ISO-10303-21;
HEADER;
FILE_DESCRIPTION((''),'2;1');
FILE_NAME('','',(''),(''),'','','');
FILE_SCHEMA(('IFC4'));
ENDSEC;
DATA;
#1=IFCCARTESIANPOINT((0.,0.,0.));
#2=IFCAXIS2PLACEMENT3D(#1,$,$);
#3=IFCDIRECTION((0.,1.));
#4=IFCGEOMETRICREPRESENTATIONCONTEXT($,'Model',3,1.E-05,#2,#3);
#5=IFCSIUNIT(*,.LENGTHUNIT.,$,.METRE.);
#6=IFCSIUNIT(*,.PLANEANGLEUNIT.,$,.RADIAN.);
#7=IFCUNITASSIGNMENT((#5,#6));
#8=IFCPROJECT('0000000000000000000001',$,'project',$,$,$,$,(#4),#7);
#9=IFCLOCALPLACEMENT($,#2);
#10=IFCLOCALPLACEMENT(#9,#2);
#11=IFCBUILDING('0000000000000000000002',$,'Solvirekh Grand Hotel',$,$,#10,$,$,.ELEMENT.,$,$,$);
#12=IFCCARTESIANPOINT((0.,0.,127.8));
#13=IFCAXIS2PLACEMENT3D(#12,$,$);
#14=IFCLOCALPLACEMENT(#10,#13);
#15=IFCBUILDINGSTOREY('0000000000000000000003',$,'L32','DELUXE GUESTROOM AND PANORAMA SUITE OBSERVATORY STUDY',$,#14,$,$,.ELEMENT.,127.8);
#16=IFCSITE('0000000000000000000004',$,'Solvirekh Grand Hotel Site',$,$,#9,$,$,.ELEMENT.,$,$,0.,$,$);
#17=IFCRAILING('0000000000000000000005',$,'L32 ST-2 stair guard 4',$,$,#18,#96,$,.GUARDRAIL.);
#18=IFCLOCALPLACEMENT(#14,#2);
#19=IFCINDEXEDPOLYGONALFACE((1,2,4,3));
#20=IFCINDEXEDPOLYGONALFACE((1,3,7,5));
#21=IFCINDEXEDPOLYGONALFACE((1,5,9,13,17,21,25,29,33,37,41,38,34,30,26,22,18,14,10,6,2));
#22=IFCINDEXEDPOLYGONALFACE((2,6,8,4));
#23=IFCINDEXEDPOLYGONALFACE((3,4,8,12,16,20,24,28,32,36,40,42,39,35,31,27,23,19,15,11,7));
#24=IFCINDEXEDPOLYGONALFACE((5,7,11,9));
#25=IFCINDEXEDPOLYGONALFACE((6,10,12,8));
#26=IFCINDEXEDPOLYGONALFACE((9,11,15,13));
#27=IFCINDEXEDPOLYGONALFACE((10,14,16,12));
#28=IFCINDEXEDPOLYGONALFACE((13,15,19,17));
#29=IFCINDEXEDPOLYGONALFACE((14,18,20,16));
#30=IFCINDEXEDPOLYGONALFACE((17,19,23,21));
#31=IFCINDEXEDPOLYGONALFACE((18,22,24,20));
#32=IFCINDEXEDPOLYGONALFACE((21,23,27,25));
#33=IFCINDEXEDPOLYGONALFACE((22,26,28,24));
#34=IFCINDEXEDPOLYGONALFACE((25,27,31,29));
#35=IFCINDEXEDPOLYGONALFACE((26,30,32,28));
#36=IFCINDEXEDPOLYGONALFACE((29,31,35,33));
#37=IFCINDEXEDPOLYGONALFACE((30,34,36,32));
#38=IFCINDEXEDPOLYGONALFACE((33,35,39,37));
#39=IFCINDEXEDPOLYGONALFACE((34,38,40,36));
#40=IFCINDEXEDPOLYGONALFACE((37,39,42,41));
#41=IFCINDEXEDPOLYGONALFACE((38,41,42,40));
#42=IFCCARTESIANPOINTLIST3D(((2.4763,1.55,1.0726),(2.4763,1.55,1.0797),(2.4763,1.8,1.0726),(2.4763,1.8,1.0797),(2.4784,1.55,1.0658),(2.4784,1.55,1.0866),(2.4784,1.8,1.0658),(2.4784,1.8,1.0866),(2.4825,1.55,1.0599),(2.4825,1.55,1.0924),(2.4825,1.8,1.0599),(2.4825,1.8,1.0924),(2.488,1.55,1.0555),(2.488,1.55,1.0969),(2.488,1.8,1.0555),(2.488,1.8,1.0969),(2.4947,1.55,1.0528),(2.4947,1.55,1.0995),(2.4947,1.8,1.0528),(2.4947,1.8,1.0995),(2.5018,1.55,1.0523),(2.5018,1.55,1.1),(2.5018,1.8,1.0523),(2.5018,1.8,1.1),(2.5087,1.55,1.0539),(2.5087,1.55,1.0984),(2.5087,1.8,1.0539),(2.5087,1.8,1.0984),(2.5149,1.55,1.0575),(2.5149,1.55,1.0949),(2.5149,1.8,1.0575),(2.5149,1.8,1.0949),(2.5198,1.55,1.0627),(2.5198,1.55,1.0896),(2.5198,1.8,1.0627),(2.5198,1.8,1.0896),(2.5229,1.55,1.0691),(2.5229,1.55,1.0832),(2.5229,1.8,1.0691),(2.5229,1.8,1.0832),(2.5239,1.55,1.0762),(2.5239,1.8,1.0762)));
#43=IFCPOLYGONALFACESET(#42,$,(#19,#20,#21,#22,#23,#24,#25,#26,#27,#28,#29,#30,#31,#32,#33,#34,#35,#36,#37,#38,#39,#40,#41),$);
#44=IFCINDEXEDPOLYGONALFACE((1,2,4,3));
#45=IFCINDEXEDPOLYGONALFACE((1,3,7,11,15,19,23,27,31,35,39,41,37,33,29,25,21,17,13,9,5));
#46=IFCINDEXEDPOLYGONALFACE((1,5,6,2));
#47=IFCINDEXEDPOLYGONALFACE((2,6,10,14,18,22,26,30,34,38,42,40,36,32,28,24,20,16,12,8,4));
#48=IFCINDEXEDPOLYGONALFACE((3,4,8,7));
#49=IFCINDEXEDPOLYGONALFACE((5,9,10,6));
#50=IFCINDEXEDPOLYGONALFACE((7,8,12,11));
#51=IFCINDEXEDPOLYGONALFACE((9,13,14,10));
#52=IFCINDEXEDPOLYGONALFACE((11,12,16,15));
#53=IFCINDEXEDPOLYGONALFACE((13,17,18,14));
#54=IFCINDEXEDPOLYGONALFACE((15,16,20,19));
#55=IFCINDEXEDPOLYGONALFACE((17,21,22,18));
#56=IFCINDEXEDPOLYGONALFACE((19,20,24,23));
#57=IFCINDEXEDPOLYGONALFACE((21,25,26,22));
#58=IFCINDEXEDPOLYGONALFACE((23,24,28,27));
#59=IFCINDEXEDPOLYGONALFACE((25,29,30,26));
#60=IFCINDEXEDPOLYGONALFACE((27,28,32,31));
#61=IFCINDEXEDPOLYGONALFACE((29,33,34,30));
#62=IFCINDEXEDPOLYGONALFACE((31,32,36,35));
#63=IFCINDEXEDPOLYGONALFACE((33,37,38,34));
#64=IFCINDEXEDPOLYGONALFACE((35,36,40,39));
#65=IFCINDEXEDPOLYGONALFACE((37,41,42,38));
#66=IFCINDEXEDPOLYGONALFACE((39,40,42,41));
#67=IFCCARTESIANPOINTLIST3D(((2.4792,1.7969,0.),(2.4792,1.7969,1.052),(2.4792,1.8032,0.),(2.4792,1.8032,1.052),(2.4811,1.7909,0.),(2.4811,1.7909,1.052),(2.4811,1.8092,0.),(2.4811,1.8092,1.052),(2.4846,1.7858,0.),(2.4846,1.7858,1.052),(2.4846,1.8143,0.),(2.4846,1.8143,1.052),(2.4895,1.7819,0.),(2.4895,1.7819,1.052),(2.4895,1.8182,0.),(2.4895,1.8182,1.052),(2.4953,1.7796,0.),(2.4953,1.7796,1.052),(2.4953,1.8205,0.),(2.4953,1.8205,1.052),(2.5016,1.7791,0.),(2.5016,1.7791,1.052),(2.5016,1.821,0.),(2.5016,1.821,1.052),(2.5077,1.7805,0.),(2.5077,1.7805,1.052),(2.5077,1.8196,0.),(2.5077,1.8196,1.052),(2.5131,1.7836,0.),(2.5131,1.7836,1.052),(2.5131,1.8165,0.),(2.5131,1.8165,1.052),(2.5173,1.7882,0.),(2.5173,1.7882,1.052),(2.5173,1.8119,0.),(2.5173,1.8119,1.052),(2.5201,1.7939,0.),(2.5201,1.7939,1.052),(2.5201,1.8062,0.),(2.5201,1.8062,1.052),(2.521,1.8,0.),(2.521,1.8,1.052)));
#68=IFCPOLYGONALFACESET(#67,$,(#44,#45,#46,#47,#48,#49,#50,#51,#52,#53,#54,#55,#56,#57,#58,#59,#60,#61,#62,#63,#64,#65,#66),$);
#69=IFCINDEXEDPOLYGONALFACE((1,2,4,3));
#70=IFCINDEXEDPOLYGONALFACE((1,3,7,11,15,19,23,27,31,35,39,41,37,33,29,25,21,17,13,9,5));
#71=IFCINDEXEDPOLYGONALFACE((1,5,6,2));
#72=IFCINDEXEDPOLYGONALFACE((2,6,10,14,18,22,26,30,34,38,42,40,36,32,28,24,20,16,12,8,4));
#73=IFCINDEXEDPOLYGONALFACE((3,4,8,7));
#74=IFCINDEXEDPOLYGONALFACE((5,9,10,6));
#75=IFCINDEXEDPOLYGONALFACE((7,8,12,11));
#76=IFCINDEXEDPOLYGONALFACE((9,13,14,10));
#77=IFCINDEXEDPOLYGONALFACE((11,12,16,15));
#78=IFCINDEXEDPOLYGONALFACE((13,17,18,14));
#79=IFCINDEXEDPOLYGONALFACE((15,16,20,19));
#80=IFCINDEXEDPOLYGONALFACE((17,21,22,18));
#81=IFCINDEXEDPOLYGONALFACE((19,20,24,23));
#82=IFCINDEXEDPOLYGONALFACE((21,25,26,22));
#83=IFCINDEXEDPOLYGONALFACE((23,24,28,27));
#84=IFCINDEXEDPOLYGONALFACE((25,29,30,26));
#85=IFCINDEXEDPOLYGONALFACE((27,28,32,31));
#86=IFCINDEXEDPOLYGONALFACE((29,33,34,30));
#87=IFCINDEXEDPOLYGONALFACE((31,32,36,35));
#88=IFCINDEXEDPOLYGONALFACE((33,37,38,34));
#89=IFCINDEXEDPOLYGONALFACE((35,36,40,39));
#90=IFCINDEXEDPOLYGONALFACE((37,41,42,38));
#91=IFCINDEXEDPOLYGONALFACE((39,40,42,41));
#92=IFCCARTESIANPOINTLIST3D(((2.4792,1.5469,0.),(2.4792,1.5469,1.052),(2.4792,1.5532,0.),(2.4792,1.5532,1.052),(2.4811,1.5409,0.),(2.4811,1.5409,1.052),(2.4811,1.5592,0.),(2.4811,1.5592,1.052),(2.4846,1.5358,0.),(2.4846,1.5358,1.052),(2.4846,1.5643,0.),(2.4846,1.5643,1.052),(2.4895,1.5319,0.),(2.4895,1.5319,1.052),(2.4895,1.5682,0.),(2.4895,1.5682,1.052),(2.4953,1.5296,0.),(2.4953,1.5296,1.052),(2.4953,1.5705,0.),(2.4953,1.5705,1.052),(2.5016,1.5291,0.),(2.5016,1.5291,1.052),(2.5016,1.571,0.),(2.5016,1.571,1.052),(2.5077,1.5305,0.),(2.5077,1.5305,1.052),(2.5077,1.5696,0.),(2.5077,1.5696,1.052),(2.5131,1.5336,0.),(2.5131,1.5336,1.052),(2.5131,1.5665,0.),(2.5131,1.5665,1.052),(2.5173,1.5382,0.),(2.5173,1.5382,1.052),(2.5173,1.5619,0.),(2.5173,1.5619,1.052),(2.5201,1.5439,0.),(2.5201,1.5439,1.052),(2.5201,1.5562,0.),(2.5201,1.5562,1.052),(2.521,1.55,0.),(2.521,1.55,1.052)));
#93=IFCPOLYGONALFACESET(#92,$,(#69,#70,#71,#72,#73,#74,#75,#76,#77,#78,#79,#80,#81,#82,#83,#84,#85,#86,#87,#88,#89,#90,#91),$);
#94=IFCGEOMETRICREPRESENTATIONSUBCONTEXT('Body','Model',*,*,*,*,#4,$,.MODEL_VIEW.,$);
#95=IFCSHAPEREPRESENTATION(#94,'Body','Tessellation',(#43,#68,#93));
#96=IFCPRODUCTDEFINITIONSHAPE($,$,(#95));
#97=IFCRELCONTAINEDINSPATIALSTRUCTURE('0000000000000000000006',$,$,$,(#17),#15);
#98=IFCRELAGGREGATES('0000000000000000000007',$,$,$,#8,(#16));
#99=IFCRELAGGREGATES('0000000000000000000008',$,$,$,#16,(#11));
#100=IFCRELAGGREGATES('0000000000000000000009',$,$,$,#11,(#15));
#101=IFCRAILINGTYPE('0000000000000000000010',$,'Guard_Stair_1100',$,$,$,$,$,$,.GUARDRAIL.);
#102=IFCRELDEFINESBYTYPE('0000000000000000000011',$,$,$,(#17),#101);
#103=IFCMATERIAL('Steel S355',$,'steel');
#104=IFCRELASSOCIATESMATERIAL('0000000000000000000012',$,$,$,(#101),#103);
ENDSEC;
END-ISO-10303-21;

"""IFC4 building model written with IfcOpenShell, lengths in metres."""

from ifc_helpers import new_model, si_unit, direction, frame, origin, origin_2d, place, context, subcontext, project, spatial, circle, extrude, material, type_object, element, save


model = new_model("IFC4")

# Units and contexts
model_context = context("Model", 3, precision=1e-05, world=origin(), true_north=direction((0.0, 1.0)))
body_context = subcontext(model_context, "Body", "Model", "MODEL_VIEW")
ifc_project = project(units=[si_unit("LENGTHUNIT", "METRE"), si_unit("PLANEANGLEUNIT", "RADIAN")], contexts=[model_context])

# Site, building, storey
site_placement = place(None, origin())
site = spatial("IfcSite", under=ifc_project, at=site_placement, Name="Solvirekh Grand Hotel Site", CompositionType="ELEMENT", RefElevation=0.0)
building_placement = place(site_placement, origin())
building = spatial("IfcBuilding", under=site, at=building_placement, Name="Solvirekh Grand Hotel", CompositionType="ELEMENT")
storey_placement = place(building_placement, frame((0.0, 0.0, 127.8)))
storey = spatial("IfcBuildingStorey", under=building, at=storey_placement, Name="L32", Description="DELUXE GUESTROOM AND PANORAMA SUITE OBSERVATORY STUDY", CompositionType="ELEMENT", Elevation=127.8)

# Shared definitions
ifc_material_1 = material(Name="Steel S355", Category="steel")

# Railing
railing_type_1 = type_object("IfcRailingType", Name="Guard_Stair_1100", PredefinedType="GUARDRAIL", material=ifc_material_1)
railing_1_placement = place(storey_placement, frame((2.5, 1.8, 0.0)))
element("IfcRailing", 1, at=railing_1_placement, inside=storey, type_object=railing_type_1, Name="L32 ST-2 stair guard 4", PredefinedType="GUARDRAIL", context=body_context, shape_type="SweptSolid", body=[
    extrude(circle(Radius=0.0239, at=origin_2d()), frame((0.0, 0.0, 1.0762), z_axis=(0.0, -1.0, 0.0), x_axis=(1.0, 0.0, 0.0)), (0.0, 0.0, 1.0), 0.25),
    extrude(circle(Radius=0.021, at=origin_2d()), origin(), (0.0, 0.0, 1.0), 1.052),
    extrude(circle(Radius=0.021, at=origin_2d()), frame((0.0, -0.25, 0.0)), (0.0, 0.0, 1.0), 1.052),
])

save(model, "model.ifc")
